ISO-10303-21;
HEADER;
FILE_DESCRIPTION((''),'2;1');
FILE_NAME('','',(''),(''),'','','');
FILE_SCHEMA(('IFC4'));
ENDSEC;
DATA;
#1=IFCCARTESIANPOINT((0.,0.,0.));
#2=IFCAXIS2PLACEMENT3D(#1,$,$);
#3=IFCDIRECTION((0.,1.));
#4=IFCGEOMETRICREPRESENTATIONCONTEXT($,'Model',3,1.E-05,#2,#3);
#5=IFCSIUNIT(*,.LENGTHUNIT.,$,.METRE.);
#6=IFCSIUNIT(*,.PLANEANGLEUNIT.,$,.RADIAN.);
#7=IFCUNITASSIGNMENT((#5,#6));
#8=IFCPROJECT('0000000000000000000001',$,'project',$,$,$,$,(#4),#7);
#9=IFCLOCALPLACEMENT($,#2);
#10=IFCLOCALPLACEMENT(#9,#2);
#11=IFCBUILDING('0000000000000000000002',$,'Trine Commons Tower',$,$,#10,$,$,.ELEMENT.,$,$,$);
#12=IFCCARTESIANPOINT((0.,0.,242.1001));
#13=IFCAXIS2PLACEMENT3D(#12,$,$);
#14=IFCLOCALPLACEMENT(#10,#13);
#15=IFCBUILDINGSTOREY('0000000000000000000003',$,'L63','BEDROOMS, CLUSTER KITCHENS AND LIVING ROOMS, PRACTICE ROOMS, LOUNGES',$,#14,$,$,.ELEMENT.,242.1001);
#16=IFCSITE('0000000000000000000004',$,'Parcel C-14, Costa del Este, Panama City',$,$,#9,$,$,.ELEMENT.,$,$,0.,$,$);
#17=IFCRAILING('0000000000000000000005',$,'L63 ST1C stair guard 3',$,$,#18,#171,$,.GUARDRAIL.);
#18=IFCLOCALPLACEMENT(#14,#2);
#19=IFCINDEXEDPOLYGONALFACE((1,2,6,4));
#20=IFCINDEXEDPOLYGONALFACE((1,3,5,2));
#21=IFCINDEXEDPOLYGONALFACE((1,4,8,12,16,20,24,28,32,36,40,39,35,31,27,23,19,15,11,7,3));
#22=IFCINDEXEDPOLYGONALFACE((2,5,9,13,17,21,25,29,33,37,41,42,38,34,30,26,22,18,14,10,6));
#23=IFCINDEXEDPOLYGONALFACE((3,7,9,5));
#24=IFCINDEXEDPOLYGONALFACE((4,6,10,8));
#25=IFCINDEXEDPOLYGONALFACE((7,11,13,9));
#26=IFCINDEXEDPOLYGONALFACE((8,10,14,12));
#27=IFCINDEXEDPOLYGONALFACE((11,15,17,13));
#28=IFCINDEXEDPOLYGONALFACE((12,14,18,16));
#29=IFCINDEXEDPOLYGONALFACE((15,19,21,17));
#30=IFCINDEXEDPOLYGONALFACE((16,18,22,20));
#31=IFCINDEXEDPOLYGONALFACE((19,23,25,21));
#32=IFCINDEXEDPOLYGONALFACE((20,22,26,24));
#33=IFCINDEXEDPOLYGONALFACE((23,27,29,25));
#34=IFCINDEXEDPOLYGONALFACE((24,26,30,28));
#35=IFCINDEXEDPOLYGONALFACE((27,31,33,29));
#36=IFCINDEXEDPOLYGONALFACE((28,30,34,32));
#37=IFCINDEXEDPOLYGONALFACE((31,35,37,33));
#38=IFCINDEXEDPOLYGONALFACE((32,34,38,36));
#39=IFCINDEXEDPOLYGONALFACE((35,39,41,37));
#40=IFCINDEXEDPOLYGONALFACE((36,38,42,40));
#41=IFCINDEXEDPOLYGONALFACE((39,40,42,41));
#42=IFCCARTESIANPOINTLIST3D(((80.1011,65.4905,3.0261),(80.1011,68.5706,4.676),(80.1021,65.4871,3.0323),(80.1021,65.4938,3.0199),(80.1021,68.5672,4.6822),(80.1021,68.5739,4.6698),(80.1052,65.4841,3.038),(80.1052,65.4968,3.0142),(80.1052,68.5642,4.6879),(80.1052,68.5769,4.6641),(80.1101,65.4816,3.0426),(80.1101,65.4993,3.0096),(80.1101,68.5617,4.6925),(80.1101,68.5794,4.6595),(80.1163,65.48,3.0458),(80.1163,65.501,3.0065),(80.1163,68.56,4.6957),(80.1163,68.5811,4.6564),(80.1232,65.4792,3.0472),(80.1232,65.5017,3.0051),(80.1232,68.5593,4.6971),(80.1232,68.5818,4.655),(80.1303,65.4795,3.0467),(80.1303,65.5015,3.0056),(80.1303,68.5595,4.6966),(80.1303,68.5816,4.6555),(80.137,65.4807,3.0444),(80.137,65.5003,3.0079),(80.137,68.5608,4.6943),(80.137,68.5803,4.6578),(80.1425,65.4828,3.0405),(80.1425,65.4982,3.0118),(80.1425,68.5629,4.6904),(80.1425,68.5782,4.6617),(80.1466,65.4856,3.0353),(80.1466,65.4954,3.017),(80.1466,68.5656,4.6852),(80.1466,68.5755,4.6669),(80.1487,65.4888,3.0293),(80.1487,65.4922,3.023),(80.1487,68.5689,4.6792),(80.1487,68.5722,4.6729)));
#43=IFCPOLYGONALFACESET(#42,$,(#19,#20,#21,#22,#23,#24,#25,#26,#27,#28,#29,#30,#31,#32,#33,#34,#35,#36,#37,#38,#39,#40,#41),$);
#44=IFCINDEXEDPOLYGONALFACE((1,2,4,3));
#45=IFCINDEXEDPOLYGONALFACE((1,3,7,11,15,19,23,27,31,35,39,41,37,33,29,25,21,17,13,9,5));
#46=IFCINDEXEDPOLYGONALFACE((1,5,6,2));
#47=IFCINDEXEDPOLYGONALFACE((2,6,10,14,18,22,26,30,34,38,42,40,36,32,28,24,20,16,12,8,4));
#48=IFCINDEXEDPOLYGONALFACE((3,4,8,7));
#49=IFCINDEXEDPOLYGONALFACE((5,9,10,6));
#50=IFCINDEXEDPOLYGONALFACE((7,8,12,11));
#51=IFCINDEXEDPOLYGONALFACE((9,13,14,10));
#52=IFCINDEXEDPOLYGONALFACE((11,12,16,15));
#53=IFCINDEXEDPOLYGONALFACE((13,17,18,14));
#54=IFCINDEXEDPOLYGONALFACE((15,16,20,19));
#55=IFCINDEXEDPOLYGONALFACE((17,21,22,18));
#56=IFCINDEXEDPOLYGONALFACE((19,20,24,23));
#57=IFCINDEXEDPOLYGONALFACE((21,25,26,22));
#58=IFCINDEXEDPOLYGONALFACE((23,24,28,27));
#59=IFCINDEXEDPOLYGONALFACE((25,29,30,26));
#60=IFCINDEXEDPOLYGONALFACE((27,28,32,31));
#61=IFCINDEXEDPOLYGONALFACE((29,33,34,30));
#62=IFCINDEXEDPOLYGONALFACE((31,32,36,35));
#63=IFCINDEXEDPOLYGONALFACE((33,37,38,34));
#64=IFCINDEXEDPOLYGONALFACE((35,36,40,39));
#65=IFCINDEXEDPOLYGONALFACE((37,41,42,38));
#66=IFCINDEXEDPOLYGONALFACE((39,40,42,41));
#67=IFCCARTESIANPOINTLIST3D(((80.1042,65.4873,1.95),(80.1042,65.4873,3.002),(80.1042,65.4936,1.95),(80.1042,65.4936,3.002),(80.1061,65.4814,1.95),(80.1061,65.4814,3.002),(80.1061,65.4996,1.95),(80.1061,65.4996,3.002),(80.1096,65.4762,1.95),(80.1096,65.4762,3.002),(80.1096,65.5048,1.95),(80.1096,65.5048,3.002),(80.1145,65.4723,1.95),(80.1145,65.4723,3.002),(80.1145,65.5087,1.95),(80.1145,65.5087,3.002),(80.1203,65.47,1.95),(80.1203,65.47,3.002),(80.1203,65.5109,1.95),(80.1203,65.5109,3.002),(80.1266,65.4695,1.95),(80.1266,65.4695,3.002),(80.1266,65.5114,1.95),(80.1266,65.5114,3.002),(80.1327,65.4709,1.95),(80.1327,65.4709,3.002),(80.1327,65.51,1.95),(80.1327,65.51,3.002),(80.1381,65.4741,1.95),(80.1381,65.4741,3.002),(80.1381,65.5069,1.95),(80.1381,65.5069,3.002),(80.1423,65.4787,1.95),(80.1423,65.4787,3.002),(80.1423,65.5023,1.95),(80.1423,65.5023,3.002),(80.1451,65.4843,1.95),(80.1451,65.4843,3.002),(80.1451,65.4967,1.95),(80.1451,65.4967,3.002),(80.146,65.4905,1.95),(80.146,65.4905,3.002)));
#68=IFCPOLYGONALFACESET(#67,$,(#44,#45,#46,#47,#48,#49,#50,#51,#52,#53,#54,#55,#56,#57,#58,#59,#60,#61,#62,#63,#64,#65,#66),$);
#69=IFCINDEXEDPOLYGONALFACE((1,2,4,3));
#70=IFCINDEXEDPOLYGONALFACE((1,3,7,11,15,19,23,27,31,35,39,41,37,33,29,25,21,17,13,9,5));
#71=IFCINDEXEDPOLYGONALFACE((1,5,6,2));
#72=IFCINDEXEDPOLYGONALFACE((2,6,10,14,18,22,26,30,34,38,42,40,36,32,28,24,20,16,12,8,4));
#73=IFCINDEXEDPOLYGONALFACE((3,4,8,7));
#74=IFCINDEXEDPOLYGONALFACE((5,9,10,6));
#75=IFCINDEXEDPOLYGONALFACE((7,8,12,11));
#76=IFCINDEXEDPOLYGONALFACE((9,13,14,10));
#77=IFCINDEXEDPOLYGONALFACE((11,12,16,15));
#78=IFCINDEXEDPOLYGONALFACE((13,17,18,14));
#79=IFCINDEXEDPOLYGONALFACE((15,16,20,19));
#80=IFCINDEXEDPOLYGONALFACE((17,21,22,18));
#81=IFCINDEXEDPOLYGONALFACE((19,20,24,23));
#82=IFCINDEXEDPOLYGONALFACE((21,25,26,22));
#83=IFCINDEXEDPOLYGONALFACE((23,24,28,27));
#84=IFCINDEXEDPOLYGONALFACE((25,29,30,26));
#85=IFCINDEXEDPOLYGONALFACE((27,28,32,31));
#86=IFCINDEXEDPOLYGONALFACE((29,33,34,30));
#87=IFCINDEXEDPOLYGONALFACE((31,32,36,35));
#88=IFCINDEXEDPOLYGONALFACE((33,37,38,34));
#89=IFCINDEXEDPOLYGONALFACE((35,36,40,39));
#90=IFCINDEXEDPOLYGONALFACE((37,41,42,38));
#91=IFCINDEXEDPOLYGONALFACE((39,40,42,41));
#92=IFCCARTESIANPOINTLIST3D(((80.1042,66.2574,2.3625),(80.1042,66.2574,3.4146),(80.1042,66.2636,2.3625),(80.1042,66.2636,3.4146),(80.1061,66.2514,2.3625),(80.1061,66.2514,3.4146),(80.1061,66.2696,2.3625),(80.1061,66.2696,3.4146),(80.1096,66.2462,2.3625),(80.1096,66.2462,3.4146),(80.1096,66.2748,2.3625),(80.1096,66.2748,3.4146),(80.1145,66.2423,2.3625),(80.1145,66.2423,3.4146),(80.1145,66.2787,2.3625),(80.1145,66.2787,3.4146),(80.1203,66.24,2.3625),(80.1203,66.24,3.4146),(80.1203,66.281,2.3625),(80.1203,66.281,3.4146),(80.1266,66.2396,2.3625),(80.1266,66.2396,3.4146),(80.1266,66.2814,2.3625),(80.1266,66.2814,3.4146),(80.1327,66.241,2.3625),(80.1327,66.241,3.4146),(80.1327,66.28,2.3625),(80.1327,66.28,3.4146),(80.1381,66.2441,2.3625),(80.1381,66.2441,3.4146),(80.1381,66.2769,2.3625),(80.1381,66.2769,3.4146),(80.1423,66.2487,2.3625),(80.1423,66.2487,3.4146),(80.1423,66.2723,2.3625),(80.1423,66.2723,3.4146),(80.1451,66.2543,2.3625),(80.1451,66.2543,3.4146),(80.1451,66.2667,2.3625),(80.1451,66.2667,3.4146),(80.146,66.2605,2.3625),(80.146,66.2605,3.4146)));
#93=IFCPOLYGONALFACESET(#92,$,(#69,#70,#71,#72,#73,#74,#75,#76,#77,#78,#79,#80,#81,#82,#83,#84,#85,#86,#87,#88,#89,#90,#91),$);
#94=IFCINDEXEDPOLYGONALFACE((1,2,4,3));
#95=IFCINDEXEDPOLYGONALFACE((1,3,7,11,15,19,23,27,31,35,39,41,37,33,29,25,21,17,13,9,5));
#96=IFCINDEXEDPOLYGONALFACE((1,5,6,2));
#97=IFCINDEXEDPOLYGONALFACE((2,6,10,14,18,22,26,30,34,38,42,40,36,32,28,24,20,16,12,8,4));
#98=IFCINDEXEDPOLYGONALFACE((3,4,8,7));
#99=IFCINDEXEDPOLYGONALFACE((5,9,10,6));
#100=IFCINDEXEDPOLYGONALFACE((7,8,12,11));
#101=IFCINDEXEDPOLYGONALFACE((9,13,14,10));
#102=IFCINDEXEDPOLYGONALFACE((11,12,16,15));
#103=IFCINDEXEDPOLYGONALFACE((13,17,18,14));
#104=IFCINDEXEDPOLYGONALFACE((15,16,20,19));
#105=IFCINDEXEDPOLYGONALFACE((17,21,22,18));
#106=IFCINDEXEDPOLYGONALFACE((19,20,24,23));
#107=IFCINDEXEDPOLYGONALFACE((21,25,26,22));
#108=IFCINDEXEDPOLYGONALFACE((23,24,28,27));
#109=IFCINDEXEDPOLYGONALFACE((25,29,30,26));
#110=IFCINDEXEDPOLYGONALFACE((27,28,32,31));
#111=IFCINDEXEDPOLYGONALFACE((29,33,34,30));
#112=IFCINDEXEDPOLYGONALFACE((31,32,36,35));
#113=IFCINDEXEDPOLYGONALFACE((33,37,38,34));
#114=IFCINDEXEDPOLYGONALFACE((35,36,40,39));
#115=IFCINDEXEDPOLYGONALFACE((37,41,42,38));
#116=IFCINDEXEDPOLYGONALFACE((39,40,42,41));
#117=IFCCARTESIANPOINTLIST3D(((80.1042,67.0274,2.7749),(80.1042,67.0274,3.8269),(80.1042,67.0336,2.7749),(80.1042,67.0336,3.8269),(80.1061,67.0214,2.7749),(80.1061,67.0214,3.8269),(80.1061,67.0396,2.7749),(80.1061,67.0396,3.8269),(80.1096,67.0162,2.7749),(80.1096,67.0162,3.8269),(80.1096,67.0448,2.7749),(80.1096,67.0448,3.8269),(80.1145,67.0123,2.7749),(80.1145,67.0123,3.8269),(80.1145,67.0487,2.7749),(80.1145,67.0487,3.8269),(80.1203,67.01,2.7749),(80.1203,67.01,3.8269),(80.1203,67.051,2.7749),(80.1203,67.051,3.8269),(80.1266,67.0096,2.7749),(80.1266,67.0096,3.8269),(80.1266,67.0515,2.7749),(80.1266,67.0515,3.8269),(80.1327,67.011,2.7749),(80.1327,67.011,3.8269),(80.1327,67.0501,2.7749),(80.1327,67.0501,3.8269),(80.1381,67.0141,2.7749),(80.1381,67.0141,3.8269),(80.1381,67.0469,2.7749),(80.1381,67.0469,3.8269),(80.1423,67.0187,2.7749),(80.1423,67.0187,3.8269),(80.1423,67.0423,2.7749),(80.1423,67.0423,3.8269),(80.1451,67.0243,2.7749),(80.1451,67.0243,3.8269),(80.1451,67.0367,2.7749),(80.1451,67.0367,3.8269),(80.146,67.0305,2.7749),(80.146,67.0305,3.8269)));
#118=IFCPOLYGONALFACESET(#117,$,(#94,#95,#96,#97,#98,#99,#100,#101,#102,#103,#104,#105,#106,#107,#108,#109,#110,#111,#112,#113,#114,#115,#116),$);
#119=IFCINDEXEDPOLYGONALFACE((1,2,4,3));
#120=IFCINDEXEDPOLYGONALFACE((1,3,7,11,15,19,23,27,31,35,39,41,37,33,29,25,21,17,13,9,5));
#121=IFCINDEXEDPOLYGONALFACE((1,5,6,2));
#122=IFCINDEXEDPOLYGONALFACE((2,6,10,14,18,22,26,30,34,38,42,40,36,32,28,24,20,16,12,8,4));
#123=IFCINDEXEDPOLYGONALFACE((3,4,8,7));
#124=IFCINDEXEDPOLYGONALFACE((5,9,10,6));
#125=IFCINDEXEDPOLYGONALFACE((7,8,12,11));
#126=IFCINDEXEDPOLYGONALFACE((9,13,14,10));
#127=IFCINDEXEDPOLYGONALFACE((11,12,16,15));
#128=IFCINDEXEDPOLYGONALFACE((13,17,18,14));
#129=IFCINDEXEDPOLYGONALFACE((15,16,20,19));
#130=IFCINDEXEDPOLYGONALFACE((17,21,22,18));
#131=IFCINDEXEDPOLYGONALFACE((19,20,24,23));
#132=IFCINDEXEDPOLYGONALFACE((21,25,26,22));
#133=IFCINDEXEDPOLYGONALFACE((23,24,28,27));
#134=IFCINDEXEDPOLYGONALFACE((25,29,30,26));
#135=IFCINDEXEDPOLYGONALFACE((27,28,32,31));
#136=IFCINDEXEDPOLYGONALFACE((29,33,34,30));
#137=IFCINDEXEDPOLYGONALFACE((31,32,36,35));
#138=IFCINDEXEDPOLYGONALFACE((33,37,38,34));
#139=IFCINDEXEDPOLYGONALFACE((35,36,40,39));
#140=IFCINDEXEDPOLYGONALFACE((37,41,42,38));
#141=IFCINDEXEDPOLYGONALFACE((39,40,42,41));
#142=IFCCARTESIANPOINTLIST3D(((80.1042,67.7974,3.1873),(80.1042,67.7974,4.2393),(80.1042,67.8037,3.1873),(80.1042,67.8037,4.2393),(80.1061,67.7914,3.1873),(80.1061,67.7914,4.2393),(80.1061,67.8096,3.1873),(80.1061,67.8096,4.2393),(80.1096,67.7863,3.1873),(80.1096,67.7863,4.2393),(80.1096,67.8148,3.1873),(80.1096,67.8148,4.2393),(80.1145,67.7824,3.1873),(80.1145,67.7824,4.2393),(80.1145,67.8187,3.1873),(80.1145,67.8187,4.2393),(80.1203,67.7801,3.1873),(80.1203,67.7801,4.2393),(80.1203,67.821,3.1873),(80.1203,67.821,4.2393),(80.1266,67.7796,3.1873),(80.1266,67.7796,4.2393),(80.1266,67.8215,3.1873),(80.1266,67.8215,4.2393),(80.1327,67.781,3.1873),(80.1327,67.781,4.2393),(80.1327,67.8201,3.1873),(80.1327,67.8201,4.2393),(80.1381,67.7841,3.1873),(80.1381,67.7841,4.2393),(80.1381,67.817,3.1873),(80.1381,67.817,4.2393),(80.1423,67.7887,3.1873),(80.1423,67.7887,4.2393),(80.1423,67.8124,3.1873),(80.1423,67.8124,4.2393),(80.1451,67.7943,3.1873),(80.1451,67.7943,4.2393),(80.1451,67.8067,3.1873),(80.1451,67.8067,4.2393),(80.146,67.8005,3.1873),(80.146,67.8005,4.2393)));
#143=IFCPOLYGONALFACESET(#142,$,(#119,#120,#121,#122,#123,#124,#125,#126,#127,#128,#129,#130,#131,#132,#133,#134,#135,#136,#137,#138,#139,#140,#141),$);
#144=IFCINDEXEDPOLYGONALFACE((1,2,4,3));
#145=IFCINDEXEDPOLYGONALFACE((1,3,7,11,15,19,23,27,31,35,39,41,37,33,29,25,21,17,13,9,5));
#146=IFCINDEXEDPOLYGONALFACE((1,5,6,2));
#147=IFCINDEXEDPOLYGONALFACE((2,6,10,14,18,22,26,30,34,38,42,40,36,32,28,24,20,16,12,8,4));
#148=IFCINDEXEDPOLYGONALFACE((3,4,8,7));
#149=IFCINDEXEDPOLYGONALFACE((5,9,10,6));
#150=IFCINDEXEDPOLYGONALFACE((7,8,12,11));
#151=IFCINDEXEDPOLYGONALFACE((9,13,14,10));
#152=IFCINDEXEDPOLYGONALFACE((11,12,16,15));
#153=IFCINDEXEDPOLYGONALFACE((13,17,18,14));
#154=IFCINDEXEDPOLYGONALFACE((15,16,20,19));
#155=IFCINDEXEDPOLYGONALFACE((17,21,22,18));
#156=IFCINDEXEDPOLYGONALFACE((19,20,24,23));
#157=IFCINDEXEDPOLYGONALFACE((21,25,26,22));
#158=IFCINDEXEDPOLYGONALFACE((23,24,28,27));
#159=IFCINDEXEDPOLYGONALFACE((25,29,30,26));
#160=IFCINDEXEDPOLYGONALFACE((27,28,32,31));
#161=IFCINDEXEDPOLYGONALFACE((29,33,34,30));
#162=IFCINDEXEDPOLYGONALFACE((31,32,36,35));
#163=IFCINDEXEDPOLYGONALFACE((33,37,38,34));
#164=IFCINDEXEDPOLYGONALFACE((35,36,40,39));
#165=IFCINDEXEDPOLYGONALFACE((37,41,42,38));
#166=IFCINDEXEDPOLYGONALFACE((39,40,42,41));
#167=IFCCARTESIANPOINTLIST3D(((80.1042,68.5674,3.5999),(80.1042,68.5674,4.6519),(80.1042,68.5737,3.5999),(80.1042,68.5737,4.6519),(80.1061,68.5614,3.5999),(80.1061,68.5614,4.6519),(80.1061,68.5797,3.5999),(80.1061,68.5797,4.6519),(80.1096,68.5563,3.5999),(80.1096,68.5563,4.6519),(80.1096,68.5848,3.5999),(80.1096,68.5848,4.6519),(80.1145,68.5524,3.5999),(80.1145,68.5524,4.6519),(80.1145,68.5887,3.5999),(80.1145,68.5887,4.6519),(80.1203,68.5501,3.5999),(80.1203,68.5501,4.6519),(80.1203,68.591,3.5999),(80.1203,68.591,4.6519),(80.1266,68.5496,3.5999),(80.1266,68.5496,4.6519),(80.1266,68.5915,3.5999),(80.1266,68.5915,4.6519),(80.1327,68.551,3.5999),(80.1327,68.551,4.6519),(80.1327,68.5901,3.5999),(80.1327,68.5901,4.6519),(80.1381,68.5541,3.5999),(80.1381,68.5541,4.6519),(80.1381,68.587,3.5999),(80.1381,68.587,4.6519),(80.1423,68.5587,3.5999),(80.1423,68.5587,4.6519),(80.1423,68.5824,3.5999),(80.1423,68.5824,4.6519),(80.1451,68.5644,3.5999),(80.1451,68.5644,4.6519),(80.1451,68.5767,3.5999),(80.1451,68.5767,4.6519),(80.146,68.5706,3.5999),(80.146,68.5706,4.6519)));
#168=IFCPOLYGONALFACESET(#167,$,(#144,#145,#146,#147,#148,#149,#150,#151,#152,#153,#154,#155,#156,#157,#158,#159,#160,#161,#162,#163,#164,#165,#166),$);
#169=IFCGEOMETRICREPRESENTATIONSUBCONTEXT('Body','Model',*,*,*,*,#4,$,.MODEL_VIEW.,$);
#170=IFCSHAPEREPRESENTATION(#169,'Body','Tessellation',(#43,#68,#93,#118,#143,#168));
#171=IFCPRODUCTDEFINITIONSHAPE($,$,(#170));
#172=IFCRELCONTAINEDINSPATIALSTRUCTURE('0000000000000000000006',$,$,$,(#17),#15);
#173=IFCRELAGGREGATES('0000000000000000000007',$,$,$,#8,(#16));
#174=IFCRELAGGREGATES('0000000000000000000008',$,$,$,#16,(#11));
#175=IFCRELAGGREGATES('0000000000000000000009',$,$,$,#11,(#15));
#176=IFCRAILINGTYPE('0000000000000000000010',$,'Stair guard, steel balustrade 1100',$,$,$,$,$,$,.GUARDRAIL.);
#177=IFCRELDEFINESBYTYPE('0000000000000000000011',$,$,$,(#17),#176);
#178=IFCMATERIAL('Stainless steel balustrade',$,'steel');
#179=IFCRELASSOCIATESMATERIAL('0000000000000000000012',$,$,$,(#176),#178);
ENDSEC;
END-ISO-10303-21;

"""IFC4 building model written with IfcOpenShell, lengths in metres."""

from ifc_helpers import new_model, si_unit, direction, frame, origin, origin_2d, place, context, subcontext, project, spatial, circle, extrude, material, type_object, element, save


model = new_model("IFC4")

# Units and contexts
model_context = context("Model", 3, precision=1e-05, world=origin(), true_north=direction((0.0, 1.0)))
body_context = subcontext(model_context, "Body", "Model", "MODEL_VIEW")
ifc_project = project(units=[si_unit("LENGTHUNIT", "METRE"), si_unit("PLANEANGLEUNIT", "RADIAN")], contexts=[model_context])

# Site, building, storey
site_placement = place(None, origin())
site = spatial("IfcSite", under=ifc_project, at=site_placement, Name="Parcel C-14, Costa del Este, Panama City", CompositionType="ELEMENT", RefElevation=0.0)
building_placement = place(site_placement, origin())
building = spatial("IfcBuilding", under=site, at=building_placement, Name="Trine Commons Tower", CompositionType="ELEMENT")
storey_placement = place(building_placement, frame((0.0, 0.0, 242.1001)))
storey = spatial("IfcBuildingStorey", under=building, at=storey_placement, Name="L63", Description="BEDROOMS, CLUSTER KITCHENS AND LIVING ROOMS, PRACTICE ROOMS, LOUNGES", CompositionType="ELEMENT", Elevation=242.1001)

# Railing
ifc_material_1 = material(Name="Stainless steel balustrade", Category="steel")
railing_type_1 = type_object("IfcRailingType", Name="Stair guard, steel balustrade 1100", PredefinedType="GUARDRAIL", material=ifc_material_1)
railing_1_placement = place(storey_placement, frame((80.125, 65.4905, 1.95)))
element("IfcRailing", 1, at=railing_1_placement, inside=storey, type_object=railing_type_1, Name="L63 ST1C stair guard 3", PredefinedType="GUARDRAIL", context=body_context, shape_type="SweptSolid", body=[
    extrude(circle(Radius=0.0239, at=origin_2d()), frame((0.0, 0.0, 1.0762), z_axis=(0.0, 0.881497, 0.47219), x_axis=(-1.0, 0.0, 0.0)), (0.0, 0.0, 1.0), 3.4941),
    extrude(circle(Radius=0.021, at=origin_2d()), origin(), (0.0, 0.0, 1.0), 1.052),
    extrude(circle(Radius=0.021, at=origin_2d()), frame((0.0, 0.77, 0.4126)), (0.0, 0.0, 1.0), 1.052),
    extrude(circle(Radius=0.021, at=origin_2d()), frame((0.0, 1.54, 0.825)), (0.0, 0.0, 1.0), 1.052),
    extrude(circle(Radius=0.021, at=origin_2d()), frame((0.0, 2.3101, 1.2373)), (0.0, 0.0, 1.0), 1.052),
    extrude(circle(Radius=0.021, at=origin_2d()), frame((0.0, 3.0801, 1.6499)), (0.0, 0.0, 1.0), 1.052),
])

save(model, "model.ifc")
